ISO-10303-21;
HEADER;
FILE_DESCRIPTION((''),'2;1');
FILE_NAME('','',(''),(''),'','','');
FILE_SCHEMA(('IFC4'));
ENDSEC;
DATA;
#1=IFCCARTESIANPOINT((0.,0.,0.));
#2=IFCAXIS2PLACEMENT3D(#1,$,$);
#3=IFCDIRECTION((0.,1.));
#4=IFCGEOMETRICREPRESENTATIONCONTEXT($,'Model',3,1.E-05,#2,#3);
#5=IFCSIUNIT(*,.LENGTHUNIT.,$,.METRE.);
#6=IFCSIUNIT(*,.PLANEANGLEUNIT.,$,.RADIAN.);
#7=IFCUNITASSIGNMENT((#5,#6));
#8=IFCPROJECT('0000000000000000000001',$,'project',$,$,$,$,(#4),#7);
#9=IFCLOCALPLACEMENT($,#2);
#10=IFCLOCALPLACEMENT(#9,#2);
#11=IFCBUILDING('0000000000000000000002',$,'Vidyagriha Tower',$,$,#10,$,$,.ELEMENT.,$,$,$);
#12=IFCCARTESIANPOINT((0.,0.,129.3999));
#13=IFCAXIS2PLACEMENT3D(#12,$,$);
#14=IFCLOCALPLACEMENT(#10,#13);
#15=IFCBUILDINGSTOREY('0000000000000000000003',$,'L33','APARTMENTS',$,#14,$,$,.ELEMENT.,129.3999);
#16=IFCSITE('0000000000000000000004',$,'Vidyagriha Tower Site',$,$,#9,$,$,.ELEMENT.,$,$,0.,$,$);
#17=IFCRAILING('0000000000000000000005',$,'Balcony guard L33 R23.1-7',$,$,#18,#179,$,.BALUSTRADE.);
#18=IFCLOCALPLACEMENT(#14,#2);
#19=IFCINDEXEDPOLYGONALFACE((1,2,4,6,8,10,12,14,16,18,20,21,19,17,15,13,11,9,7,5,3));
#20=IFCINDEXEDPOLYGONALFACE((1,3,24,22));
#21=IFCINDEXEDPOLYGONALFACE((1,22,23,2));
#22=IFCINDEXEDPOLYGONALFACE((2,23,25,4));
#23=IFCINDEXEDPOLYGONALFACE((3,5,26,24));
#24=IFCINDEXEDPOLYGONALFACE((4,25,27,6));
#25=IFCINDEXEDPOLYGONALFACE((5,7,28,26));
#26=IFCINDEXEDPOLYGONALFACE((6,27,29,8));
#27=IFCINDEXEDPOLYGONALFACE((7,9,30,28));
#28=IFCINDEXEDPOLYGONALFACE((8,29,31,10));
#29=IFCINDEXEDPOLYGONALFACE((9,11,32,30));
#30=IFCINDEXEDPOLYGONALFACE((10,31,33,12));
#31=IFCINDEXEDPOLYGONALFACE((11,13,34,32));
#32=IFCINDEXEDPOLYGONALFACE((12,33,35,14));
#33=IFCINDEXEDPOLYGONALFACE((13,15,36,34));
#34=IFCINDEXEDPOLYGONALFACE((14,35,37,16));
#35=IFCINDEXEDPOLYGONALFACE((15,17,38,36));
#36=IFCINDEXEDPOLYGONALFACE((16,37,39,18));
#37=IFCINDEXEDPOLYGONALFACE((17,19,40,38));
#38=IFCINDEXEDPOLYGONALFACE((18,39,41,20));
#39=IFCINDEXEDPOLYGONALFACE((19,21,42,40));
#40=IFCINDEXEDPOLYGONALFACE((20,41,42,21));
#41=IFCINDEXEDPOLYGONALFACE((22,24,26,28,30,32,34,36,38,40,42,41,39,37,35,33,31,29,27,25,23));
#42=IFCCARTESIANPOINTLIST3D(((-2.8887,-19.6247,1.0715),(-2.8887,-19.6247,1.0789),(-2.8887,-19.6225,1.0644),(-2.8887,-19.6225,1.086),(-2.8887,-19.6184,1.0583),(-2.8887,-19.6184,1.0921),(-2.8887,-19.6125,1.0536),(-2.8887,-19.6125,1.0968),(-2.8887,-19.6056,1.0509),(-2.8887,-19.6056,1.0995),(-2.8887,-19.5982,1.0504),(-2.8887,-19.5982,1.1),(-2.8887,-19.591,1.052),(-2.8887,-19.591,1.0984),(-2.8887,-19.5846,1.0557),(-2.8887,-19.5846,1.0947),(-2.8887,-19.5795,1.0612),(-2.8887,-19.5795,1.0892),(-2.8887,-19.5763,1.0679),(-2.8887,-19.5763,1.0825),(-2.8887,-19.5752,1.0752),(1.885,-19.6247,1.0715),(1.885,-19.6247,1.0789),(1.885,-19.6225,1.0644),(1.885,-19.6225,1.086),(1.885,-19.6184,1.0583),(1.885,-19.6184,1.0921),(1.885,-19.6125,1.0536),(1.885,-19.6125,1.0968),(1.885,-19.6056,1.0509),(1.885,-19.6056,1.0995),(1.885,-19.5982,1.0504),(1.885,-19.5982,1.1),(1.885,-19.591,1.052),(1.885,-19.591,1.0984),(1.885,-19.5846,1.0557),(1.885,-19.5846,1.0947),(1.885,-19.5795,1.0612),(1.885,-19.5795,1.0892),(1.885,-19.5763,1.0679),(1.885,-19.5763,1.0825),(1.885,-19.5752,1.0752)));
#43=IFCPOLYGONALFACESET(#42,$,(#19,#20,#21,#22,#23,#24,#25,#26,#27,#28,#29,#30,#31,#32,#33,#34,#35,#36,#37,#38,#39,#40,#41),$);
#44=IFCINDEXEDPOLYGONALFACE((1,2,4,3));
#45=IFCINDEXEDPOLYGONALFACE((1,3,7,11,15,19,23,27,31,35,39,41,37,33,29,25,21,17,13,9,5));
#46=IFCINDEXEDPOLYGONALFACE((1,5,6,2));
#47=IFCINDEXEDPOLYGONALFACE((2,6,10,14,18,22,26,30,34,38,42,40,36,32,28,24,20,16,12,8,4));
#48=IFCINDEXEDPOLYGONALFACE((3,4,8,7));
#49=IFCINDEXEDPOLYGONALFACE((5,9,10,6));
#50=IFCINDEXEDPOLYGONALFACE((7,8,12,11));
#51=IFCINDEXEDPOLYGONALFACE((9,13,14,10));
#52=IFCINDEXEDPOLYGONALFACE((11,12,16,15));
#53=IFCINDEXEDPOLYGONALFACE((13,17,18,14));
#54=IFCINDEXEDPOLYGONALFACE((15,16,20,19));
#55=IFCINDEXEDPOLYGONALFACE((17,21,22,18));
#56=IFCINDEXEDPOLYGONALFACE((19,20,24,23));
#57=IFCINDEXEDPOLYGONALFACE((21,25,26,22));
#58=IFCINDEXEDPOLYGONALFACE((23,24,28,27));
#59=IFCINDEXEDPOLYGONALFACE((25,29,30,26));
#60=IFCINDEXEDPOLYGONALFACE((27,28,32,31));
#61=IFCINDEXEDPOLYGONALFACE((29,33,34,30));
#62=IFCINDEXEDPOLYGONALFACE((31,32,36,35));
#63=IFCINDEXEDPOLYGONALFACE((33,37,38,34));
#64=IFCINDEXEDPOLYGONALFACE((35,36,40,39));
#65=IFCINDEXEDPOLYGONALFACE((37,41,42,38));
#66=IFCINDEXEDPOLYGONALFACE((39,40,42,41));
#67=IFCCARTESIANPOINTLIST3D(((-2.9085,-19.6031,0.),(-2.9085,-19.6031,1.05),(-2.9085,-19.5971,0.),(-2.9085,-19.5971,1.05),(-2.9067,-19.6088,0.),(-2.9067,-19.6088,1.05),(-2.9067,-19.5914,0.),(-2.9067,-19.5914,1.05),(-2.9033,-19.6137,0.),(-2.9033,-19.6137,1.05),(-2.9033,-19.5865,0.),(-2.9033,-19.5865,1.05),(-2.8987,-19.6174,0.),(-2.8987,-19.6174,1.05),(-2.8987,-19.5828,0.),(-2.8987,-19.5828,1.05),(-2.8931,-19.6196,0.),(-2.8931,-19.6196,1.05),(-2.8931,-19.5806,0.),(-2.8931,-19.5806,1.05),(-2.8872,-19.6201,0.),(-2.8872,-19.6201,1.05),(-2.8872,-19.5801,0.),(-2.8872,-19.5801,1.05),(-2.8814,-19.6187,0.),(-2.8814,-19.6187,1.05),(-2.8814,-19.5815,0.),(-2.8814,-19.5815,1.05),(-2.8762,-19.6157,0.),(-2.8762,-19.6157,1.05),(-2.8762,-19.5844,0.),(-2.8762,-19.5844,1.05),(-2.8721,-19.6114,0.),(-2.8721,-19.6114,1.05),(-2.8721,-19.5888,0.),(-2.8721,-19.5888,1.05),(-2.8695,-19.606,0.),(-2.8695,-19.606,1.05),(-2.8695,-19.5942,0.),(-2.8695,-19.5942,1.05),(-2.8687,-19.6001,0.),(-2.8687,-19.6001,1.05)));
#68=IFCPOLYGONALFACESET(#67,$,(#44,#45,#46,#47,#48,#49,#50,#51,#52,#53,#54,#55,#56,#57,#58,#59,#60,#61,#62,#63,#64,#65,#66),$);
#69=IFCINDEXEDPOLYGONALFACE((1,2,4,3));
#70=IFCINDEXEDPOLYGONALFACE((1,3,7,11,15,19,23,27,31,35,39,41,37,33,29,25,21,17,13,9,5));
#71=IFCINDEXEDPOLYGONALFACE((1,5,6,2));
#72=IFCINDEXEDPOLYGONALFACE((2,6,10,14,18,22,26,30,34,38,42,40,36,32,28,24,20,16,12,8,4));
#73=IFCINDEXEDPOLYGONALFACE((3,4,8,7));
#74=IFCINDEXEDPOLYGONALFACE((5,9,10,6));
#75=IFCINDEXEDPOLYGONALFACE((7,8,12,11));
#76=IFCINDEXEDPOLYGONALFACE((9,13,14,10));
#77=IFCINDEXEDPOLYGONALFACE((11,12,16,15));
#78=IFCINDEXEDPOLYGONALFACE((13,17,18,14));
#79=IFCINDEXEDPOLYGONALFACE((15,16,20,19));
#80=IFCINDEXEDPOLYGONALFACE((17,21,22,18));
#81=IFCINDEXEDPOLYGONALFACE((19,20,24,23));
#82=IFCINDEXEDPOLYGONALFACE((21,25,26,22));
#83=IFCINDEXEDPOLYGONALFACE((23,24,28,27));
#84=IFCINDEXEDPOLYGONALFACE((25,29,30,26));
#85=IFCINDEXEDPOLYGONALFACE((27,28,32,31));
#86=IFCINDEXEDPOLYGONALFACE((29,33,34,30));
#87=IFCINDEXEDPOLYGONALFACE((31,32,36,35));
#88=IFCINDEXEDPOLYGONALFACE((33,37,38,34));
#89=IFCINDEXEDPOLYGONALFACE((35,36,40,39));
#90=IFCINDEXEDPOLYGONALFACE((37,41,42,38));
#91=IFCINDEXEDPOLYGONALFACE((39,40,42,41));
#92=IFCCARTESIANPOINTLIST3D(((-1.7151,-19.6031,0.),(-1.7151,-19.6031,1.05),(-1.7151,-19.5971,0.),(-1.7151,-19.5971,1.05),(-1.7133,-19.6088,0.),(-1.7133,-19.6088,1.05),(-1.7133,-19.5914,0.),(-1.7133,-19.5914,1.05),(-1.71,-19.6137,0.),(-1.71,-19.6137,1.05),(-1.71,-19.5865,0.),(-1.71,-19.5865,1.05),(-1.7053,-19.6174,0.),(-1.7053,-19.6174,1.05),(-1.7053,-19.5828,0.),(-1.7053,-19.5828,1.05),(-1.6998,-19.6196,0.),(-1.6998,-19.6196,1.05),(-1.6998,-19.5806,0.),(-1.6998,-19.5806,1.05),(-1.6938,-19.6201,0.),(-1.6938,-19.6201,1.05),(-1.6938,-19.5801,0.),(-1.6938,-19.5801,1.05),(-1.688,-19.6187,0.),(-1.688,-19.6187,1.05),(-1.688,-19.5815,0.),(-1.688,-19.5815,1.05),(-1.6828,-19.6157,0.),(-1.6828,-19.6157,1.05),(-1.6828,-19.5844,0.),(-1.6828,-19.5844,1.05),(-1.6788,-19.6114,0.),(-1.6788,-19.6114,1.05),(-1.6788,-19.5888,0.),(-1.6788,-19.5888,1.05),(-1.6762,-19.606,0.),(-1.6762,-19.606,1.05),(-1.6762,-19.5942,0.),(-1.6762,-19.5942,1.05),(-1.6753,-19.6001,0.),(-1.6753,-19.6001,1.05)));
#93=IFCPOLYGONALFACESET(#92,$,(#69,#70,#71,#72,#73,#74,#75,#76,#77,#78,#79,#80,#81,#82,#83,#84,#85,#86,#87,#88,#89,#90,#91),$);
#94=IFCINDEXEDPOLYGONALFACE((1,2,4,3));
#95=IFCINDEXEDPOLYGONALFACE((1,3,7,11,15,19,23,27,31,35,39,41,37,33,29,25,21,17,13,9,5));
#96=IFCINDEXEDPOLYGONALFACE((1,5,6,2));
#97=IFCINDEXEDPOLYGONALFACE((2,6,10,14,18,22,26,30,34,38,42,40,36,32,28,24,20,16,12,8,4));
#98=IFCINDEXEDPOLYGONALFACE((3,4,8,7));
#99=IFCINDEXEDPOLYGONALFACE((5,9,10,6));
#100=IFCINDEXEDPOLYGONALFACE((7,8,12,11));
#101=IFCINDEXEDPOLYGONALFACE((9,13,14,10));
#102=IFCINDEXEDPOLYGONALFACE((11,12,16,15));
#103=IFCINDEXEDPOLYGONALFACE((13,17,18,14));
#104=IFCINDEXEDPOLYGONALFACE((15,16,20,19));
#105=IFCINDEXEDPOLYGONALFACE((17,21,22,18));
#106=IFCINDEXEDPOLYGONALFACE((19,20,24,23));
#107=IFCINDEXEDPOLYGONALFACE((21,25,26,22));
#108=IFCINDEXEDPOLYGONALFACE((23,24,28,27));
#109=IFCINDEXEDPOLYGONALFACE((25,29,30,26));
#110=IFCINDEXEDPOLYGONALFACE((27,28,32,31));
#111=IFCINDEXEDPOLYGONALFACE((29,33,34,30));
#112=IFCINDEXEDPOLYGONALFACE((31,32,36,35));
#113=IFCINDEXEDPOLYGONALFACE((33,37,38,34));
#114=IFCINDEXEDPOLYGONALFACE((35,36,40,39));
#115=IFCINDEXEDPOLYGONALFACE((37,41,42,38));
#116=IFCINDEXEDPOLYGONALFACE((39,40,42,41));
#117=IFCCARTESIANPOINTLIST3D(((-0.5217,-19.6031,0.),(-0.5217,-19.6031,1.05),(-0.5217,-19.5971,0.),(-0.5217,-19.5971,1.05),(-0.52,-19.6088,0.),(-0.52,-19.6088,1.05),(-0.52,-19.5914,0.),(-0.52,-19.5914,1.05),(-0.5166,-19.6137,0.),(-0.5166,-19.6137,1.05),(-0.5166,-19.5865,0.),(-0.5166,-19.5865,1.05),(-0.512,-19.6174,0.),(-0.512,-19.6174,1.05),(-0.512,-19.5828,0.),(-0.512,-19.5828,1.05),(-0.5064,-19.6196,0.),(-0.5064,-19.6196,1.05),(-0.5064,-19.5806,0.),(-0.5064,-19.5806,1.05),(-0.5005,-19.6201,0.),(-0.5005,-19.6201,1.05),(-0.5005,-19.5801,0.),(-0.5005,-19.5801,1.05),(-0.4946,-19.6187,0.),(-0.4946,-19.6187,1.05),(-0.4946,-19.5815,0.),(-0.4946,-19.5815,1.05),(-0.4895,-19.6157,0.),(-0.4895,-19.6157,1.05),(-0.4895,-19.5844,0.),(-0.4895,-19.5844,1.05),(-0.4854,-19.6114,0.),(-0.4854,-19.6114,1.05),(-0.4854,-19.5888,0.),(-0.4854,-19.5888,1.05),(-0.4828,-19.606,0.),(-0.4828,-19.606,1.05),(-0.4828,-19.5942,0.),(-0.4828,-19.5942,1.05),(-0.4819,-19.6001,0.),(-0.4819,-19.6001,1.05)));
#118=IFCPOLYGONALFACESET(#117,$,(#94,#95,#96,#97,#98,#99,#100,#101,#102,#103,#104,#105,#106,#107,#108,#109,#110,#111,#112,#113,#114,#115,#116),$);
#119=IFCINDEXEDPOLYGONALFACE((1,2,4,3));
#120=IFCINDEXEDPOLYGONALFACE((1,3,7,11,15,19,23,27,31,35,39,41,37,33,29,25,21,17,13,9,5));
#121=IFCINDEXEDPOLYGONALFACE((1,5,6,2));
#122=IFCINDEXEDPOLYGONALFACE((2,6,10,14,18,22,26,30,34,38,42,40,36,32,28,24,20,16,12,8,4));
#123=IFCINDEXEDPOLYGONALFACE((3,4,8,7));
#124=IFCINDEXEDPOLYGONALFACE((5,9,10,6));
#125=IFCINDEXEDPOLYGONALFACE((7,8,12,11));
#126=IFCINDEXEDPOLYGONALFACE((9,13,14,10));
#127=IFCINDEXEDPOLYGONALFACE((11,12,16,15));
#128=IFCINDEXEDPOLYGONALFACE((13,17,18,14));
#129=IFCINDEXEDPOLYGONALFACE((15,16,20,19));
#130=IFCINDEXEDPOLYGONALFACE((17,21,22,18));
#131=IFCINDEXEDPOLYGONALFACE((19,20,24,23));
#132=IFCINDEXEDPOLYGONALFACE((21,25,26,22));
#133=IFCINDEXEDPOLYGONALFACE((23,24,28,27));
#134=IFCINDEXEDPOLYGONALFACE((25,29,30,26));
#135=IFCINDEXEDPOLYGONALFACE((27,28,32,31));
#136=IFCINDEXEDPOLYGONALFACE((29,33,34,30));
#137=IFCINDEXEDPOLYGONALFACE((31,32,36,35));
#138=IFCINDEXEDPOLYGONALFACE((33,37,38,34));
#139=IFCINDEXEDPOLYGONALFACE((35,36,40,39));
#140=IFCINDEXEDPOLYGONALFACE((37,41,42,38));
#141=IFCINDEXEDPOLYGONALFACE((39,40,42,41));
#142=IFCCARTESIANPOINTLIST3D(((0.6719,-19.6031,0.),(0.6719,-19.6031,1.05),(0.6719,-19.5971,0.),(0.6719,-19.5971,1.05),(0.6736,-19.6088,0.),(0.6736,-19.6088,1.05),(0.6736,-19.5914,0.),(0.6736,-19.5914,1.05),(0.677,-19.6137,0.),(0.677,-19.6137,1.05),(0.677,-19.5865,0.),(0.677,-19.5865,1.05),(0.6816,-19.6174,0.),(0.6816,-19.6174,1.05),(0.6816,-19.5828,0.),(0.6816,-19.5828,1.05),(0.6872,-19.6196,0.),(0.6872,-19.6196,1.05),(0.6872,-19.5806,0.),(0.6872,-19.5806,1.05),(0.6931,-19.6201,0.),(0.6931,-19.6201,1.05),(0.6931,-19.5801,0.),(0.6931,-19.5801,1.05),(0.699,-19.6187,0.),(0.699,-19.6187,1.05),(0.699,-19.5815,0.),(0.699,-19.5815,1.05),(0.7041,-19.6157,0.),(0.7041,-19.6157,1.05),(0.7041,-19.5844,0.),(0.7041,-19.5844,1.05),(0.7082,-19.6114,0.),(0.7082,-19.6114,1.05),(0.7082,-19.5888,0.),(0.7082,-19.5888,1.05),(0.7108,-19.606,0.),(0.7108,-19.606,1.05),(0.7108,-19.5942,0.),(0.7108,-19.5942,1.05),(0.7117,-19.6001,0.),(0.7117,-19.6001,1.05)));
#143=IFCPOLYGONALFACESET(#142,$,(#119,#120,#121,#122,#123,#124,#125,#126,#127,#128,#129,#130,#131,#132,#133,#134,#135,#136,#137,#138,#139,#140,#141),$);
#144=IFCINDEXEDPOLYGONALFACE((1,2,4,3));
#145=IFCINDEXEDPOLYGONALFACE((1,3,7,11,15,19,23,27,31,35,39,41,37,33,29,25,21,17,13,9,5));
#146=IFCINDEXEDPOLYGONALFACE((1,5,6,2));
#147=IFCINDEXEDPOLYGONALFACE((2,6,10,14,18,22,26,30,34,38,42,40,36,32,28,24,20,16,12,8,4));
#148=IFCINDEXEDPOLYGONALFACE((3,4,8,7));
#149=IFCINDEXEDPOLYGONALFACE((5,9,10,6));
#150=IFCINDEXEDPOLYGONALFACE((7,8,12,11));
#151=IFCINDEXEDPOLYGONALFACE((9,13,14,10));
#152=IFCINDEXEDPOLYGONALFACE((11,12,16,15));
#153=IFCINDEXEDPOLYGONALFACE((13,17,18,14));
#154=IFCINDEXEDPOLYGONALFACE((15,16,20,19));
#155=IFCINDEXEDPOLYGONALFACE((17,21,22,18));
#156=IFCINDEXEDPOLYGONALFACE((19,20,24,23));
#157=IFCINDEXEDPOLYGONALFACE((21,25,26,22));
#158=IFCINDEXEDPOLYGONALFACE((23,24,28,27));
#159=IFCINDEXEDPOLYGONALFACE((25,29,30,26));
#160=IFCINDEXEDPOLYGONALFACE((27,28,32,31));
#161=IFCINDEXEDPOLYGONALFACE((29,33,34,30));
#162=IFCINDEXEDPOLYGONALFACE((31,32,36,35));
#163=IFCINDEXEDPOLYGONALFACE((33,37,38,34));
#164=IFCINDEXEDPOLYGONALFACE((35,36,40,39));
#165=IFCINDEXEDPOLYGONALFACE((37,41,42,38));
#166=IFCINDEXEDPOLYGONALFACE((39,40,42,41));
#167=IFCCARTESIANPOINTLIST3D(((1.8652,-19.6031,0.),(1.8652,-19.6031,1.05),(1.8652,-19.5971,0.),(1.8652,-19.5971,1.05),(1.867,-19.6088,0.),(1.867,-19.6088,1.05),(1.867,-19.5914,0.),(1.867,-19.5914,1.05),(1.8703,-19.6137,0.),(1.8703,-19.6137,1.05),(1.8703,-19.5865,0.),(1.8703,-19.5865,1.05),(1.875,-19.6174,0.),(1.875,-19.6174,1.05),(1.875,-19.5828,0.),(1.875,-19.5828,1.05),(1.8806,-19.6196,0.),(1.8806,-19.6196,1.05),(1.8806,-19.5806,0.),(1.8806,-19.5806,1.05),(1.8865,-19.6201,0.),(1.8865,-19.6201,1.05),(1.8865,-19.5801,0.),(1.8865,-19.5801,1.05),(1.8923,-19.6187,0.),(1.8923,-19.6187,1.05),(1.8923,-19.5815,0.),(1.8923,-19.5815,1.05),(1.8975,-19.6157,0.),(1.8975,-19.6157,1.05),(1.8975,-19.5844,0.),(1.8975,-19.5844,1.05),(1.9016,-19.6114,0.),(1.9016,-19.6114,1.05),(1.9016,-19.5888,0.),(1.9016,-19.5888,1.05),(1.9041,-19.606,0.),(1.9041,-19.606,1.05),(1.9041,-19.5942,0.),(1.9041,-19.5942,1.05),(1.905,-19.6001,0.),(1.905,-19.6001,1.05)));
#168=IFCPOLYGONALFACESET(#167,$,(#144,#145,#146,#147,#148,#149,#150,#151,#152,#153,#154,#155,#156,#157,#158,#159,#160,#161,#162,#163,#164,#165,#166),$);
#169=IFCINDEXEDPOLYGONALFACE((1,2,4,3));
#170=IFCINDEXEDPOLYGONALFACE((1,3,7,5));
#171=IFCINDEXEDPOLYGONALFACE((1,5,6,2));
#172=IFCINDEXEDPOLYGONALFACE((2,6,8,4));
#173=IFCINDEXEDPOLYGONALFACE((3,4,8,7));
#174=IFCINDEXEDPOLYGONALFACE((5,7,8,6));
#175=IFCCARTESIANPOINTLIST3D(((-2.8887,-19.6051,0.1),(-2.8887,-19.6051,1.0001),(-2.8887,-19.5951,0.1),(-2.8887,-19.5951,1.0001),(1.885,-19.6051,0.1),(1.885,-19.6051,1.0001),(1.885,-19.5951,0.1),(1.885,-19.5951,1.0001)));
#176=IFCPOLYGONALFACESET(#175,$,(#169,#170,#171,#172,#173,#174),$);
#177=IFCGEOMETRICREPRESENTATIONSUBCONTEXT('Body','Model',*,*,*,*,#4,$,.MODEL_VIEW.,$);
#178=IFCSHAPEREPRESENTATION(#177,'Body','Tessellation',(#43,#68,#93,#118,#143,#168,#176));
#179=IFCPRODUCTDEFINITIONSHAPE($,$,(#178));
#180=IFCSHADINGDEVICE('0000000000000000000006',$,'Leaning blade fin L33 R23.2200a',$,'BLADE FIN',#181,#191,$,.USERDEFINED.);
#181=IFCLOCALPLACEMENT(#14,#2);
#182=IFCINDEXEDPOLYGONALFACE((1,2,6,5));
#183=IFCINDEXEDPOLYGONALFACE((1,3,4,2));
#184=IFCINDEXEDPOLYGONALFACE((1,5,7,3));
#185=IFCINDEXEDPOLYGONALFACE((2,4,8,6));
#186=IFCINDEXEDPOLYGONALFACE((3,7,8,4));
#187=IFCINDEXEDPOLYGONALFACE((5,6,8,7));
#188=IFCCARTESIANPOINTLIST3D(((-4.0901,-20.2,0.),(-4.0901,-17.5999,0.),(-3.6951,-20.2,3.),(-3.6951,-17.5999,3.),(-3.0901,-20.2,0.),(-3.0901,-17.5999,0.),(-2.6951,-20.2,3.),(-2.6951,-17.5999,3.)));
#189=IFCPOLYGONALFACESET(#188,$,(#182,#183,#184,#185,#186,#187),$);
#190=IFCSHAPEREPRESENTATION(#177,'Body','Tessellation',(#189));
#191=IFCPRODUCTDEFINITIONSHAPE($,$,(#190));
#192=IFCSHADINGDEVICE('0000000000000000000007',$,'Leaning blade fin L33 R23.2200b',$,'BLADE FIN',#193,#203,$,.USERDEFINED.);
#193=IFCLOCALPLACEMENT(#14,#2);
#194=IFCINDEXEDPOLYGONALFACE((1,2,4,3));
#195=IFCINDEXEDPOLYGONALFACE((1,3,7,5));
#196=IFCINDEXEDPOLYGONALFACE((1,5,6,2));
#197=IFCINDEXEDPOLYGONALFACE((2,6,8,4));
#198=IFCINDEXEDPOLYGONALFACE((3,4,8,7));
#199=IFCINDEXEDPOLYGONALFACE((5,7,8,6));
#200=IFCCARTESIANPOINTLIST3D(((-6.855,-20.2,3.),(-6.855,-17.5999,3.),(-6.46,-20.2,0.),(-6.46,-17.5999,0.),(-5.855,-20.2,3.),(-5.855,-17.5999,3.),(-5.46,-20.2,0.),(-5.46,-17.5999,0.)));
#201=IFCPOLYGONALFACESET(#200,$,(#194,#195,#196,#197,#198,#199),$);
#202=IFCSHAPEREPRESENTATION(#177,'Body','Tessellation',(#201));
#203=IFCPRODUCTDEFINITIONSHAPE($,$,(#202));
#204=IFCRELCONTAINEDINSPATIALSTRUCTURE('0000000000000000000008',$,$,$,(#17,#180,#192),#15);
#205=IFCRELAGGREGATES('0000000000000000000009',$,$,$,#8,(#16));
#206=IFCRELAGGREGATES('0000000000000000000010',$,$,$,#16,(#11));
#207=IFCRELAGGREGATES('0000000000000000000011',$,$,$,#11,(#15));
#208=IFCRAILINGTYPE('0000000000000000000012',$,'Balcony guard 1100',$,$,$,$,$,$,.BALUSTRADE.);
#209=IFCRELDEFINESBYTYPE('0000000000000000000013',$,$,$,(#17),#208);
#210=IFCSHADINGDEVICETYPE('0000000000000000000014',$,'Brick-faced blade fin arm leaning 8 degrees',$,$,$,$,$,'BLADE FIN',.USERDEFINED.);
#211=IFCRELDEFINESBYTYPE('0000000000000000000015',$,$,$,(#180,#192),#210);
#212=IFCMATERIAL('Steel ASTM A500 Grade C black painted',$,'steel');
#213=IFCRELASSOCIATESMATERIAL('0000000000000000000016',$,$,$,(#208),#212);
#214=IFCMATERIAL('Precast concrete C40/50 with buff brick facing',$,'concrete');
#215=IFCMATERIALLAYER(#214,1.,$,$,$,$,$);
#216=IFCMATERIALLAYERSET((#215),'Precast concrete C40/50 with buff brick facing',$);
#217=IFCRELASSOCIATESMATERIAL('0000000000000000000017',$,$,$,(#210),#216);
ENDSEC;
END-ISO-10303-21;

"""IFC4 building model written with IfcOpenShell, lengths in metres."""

from ifc_helpers import new_model, si_unit, direction, frame, origin, origin_2d, place, context, subcontext, project, spatial, polyline, rectangle, circle, outline, extrude, material, layer, layer_set, type_object, element, save


model = new_model("IFC4")

# Units and contexts
model_context = context("Model", 3, precision=1e-05, world=origin(), true_north=direction((0.0, 1.0)))
body_context = subcontext(model_context, "Body", "Model", "MODEL_VIEW")
ifc_project = project(units=[si_unit("LENGTHUNIT", "METRE"), si_unit("PLANEANGLEUNIT", "RADIAN")], contexts=[model_context])

# Site, building, storey
site_placement = place(None, origin())
site = spatial("IfcSite", under=ifc_project, at=site_placement, Name="Vidyagriha Tower Site", CompositionType="ELEMENT", RefElevation=0.0)
building_placement = place(site_placement, origin())
building = spatial("IfcBuilding", under=site, at=building_placement, Name="Vidyagriha Tower", CompositionType="ELEMENT")
storey_placement = place(building_placement, frame((0.0, 0.0, 129.3999)))
storey = spatial("IfcBuildingStorey", under=building, at=storey_placement, Name="L33", Description="APARTMENTS", CompositionType="ELEMENT", Elevation=129.3999)

# Railing
ifc_material_1 = material(Name="Steel ASTM A500 Grade C black painted", Category="steel")
railing_type = type_object("IfcRailingType", Name="Balcony guard 1100", PredefinedType="BALUSTRADE", material=ifc_material_1)
railing_1_placement = place(storey_placement, frame((-2.8887, -19.6001, 0.0)))
element("IfcRailing", 1, at=railing_1_placement, inside=storey, type_object=railing_type, Name="Balcony guard L33 R23.1-7", PredefinedType="BALUSTRADE", context=body_context, shape_type="SweptSolid", body=[
    extrude(circle(Radius=0.0249, at=origin_2d()), frame((0.0, 0.0, 1.0752), z_axis=(1.0, 0.0, 0.0), x_axis=(0.0, 1.0, 0.0)), (0.0, 0.0, 1.0), 4.7737),
    extrude(circle(Radius=0.02, at=origin_2d()), origin(), (0.0, 0.0, 1.0), 1.05),
    extrude(circle(Radius=0.02, at=origin_2d()), frame((1.1934, 0.0, 0.0)), (0.0, 0.0, 1.0), 1.05),
    extrude(circle(Radius=0.02, at=origin_2d()), frame((2.3867, 0.0, 0.0)), (0.0, 0.0, 1.0), 1.05),
    extrude(circle(Radius=0.02, at=origin_2d()), frame((3.5803, 0.0, 0.0)), (0.0, 0.0, 1.0), 1.05),
    extrude(circle(Radius=0.02, at=origin_2d()), frame((4.7737, 0.0, 0.0)), (0.0, 0.0, 1.0), 1.05),
    extrude(rectangle(XDim=0.01, YDim=0.9001, at=origin_2d()), frame((0.0, 0.0, 0.55), z_axis=(1.0, 0.0, 0.0), x_axis=(0.0, 1.0, 0.0)), (0.0, 0.0, 1.0), 4.7737),
])

# Shading devices
ifc_material_2 = material(Name="Precast concrete C40/50 with buff brick facing", Category="concrete")
ifc_layer_1 = layer(ifc_material_2, 1.0)
ifc_layer_set_1 = layer_set([ifc_layer_1], Name="Precast concrete C40/50 with buff brick facing")
shading_device_type = type_object("IfcShadingDeviceType", Name="Brick-faced blade fin arm leaning 8 degrees", ElementType="BLADE FIN", PredefinedType="USERDEFINED", material=ifc_layer_set_1)
shading_device_1_placement = place(storey_placement, frame((-4.0901, -18.8999, 0.0)))
element("IfcShadingDevice", 2, at=shading_device_1_placement, inside=storey, type_object=shading_device_type, Name="Leaning blade fin L33 R23.2200a", ObjectType="BLADE FIN", PredefinedType="USERDEFINED", context=body_context, shape_type="SweptSolid", body=[
    extrude(outline(polyline([(0.0, 0.0), (1.0, 0.0), (1.395, 3.0), (0.395, 3.0), (0.0, 0.0)])), frame((0.0, 1.3, 0.0), z_axis=(0.0, -1.0, 0.0), x_axis=(1.0, 0.0, 0.0)), (0.0, 0.0, 1.0), 2.6001),
])
shading_device_2_placement = place(storey_placement, frame((-6.855, -18.8999, 0.0)))
element("IfcShadingDevice", 3, at=shading_device_2_placement, inside=storey, type_object=shading_device_type, Name="Leaning blade fin L33 R23.2200b", ObjectType="BLADE FIN", PredefinedType="USERDEFINED", context=body_context, shape_type="SweptSolid", body=[
    extrude(outline(polyline([(0.395, 0.0), (1.395, 0.0), (1.0, 3.0), (0.0, 3.0), (0.395, 0.0)])), frame((0.0, 1.3, 0.0), z_axis=(0.0, -1.0, 0.0), x_axis=(1.0, 0.0, 0.0)), (0.0, 0.0, 1.0), 2.6001),
])

save(model, "model.ifc")
